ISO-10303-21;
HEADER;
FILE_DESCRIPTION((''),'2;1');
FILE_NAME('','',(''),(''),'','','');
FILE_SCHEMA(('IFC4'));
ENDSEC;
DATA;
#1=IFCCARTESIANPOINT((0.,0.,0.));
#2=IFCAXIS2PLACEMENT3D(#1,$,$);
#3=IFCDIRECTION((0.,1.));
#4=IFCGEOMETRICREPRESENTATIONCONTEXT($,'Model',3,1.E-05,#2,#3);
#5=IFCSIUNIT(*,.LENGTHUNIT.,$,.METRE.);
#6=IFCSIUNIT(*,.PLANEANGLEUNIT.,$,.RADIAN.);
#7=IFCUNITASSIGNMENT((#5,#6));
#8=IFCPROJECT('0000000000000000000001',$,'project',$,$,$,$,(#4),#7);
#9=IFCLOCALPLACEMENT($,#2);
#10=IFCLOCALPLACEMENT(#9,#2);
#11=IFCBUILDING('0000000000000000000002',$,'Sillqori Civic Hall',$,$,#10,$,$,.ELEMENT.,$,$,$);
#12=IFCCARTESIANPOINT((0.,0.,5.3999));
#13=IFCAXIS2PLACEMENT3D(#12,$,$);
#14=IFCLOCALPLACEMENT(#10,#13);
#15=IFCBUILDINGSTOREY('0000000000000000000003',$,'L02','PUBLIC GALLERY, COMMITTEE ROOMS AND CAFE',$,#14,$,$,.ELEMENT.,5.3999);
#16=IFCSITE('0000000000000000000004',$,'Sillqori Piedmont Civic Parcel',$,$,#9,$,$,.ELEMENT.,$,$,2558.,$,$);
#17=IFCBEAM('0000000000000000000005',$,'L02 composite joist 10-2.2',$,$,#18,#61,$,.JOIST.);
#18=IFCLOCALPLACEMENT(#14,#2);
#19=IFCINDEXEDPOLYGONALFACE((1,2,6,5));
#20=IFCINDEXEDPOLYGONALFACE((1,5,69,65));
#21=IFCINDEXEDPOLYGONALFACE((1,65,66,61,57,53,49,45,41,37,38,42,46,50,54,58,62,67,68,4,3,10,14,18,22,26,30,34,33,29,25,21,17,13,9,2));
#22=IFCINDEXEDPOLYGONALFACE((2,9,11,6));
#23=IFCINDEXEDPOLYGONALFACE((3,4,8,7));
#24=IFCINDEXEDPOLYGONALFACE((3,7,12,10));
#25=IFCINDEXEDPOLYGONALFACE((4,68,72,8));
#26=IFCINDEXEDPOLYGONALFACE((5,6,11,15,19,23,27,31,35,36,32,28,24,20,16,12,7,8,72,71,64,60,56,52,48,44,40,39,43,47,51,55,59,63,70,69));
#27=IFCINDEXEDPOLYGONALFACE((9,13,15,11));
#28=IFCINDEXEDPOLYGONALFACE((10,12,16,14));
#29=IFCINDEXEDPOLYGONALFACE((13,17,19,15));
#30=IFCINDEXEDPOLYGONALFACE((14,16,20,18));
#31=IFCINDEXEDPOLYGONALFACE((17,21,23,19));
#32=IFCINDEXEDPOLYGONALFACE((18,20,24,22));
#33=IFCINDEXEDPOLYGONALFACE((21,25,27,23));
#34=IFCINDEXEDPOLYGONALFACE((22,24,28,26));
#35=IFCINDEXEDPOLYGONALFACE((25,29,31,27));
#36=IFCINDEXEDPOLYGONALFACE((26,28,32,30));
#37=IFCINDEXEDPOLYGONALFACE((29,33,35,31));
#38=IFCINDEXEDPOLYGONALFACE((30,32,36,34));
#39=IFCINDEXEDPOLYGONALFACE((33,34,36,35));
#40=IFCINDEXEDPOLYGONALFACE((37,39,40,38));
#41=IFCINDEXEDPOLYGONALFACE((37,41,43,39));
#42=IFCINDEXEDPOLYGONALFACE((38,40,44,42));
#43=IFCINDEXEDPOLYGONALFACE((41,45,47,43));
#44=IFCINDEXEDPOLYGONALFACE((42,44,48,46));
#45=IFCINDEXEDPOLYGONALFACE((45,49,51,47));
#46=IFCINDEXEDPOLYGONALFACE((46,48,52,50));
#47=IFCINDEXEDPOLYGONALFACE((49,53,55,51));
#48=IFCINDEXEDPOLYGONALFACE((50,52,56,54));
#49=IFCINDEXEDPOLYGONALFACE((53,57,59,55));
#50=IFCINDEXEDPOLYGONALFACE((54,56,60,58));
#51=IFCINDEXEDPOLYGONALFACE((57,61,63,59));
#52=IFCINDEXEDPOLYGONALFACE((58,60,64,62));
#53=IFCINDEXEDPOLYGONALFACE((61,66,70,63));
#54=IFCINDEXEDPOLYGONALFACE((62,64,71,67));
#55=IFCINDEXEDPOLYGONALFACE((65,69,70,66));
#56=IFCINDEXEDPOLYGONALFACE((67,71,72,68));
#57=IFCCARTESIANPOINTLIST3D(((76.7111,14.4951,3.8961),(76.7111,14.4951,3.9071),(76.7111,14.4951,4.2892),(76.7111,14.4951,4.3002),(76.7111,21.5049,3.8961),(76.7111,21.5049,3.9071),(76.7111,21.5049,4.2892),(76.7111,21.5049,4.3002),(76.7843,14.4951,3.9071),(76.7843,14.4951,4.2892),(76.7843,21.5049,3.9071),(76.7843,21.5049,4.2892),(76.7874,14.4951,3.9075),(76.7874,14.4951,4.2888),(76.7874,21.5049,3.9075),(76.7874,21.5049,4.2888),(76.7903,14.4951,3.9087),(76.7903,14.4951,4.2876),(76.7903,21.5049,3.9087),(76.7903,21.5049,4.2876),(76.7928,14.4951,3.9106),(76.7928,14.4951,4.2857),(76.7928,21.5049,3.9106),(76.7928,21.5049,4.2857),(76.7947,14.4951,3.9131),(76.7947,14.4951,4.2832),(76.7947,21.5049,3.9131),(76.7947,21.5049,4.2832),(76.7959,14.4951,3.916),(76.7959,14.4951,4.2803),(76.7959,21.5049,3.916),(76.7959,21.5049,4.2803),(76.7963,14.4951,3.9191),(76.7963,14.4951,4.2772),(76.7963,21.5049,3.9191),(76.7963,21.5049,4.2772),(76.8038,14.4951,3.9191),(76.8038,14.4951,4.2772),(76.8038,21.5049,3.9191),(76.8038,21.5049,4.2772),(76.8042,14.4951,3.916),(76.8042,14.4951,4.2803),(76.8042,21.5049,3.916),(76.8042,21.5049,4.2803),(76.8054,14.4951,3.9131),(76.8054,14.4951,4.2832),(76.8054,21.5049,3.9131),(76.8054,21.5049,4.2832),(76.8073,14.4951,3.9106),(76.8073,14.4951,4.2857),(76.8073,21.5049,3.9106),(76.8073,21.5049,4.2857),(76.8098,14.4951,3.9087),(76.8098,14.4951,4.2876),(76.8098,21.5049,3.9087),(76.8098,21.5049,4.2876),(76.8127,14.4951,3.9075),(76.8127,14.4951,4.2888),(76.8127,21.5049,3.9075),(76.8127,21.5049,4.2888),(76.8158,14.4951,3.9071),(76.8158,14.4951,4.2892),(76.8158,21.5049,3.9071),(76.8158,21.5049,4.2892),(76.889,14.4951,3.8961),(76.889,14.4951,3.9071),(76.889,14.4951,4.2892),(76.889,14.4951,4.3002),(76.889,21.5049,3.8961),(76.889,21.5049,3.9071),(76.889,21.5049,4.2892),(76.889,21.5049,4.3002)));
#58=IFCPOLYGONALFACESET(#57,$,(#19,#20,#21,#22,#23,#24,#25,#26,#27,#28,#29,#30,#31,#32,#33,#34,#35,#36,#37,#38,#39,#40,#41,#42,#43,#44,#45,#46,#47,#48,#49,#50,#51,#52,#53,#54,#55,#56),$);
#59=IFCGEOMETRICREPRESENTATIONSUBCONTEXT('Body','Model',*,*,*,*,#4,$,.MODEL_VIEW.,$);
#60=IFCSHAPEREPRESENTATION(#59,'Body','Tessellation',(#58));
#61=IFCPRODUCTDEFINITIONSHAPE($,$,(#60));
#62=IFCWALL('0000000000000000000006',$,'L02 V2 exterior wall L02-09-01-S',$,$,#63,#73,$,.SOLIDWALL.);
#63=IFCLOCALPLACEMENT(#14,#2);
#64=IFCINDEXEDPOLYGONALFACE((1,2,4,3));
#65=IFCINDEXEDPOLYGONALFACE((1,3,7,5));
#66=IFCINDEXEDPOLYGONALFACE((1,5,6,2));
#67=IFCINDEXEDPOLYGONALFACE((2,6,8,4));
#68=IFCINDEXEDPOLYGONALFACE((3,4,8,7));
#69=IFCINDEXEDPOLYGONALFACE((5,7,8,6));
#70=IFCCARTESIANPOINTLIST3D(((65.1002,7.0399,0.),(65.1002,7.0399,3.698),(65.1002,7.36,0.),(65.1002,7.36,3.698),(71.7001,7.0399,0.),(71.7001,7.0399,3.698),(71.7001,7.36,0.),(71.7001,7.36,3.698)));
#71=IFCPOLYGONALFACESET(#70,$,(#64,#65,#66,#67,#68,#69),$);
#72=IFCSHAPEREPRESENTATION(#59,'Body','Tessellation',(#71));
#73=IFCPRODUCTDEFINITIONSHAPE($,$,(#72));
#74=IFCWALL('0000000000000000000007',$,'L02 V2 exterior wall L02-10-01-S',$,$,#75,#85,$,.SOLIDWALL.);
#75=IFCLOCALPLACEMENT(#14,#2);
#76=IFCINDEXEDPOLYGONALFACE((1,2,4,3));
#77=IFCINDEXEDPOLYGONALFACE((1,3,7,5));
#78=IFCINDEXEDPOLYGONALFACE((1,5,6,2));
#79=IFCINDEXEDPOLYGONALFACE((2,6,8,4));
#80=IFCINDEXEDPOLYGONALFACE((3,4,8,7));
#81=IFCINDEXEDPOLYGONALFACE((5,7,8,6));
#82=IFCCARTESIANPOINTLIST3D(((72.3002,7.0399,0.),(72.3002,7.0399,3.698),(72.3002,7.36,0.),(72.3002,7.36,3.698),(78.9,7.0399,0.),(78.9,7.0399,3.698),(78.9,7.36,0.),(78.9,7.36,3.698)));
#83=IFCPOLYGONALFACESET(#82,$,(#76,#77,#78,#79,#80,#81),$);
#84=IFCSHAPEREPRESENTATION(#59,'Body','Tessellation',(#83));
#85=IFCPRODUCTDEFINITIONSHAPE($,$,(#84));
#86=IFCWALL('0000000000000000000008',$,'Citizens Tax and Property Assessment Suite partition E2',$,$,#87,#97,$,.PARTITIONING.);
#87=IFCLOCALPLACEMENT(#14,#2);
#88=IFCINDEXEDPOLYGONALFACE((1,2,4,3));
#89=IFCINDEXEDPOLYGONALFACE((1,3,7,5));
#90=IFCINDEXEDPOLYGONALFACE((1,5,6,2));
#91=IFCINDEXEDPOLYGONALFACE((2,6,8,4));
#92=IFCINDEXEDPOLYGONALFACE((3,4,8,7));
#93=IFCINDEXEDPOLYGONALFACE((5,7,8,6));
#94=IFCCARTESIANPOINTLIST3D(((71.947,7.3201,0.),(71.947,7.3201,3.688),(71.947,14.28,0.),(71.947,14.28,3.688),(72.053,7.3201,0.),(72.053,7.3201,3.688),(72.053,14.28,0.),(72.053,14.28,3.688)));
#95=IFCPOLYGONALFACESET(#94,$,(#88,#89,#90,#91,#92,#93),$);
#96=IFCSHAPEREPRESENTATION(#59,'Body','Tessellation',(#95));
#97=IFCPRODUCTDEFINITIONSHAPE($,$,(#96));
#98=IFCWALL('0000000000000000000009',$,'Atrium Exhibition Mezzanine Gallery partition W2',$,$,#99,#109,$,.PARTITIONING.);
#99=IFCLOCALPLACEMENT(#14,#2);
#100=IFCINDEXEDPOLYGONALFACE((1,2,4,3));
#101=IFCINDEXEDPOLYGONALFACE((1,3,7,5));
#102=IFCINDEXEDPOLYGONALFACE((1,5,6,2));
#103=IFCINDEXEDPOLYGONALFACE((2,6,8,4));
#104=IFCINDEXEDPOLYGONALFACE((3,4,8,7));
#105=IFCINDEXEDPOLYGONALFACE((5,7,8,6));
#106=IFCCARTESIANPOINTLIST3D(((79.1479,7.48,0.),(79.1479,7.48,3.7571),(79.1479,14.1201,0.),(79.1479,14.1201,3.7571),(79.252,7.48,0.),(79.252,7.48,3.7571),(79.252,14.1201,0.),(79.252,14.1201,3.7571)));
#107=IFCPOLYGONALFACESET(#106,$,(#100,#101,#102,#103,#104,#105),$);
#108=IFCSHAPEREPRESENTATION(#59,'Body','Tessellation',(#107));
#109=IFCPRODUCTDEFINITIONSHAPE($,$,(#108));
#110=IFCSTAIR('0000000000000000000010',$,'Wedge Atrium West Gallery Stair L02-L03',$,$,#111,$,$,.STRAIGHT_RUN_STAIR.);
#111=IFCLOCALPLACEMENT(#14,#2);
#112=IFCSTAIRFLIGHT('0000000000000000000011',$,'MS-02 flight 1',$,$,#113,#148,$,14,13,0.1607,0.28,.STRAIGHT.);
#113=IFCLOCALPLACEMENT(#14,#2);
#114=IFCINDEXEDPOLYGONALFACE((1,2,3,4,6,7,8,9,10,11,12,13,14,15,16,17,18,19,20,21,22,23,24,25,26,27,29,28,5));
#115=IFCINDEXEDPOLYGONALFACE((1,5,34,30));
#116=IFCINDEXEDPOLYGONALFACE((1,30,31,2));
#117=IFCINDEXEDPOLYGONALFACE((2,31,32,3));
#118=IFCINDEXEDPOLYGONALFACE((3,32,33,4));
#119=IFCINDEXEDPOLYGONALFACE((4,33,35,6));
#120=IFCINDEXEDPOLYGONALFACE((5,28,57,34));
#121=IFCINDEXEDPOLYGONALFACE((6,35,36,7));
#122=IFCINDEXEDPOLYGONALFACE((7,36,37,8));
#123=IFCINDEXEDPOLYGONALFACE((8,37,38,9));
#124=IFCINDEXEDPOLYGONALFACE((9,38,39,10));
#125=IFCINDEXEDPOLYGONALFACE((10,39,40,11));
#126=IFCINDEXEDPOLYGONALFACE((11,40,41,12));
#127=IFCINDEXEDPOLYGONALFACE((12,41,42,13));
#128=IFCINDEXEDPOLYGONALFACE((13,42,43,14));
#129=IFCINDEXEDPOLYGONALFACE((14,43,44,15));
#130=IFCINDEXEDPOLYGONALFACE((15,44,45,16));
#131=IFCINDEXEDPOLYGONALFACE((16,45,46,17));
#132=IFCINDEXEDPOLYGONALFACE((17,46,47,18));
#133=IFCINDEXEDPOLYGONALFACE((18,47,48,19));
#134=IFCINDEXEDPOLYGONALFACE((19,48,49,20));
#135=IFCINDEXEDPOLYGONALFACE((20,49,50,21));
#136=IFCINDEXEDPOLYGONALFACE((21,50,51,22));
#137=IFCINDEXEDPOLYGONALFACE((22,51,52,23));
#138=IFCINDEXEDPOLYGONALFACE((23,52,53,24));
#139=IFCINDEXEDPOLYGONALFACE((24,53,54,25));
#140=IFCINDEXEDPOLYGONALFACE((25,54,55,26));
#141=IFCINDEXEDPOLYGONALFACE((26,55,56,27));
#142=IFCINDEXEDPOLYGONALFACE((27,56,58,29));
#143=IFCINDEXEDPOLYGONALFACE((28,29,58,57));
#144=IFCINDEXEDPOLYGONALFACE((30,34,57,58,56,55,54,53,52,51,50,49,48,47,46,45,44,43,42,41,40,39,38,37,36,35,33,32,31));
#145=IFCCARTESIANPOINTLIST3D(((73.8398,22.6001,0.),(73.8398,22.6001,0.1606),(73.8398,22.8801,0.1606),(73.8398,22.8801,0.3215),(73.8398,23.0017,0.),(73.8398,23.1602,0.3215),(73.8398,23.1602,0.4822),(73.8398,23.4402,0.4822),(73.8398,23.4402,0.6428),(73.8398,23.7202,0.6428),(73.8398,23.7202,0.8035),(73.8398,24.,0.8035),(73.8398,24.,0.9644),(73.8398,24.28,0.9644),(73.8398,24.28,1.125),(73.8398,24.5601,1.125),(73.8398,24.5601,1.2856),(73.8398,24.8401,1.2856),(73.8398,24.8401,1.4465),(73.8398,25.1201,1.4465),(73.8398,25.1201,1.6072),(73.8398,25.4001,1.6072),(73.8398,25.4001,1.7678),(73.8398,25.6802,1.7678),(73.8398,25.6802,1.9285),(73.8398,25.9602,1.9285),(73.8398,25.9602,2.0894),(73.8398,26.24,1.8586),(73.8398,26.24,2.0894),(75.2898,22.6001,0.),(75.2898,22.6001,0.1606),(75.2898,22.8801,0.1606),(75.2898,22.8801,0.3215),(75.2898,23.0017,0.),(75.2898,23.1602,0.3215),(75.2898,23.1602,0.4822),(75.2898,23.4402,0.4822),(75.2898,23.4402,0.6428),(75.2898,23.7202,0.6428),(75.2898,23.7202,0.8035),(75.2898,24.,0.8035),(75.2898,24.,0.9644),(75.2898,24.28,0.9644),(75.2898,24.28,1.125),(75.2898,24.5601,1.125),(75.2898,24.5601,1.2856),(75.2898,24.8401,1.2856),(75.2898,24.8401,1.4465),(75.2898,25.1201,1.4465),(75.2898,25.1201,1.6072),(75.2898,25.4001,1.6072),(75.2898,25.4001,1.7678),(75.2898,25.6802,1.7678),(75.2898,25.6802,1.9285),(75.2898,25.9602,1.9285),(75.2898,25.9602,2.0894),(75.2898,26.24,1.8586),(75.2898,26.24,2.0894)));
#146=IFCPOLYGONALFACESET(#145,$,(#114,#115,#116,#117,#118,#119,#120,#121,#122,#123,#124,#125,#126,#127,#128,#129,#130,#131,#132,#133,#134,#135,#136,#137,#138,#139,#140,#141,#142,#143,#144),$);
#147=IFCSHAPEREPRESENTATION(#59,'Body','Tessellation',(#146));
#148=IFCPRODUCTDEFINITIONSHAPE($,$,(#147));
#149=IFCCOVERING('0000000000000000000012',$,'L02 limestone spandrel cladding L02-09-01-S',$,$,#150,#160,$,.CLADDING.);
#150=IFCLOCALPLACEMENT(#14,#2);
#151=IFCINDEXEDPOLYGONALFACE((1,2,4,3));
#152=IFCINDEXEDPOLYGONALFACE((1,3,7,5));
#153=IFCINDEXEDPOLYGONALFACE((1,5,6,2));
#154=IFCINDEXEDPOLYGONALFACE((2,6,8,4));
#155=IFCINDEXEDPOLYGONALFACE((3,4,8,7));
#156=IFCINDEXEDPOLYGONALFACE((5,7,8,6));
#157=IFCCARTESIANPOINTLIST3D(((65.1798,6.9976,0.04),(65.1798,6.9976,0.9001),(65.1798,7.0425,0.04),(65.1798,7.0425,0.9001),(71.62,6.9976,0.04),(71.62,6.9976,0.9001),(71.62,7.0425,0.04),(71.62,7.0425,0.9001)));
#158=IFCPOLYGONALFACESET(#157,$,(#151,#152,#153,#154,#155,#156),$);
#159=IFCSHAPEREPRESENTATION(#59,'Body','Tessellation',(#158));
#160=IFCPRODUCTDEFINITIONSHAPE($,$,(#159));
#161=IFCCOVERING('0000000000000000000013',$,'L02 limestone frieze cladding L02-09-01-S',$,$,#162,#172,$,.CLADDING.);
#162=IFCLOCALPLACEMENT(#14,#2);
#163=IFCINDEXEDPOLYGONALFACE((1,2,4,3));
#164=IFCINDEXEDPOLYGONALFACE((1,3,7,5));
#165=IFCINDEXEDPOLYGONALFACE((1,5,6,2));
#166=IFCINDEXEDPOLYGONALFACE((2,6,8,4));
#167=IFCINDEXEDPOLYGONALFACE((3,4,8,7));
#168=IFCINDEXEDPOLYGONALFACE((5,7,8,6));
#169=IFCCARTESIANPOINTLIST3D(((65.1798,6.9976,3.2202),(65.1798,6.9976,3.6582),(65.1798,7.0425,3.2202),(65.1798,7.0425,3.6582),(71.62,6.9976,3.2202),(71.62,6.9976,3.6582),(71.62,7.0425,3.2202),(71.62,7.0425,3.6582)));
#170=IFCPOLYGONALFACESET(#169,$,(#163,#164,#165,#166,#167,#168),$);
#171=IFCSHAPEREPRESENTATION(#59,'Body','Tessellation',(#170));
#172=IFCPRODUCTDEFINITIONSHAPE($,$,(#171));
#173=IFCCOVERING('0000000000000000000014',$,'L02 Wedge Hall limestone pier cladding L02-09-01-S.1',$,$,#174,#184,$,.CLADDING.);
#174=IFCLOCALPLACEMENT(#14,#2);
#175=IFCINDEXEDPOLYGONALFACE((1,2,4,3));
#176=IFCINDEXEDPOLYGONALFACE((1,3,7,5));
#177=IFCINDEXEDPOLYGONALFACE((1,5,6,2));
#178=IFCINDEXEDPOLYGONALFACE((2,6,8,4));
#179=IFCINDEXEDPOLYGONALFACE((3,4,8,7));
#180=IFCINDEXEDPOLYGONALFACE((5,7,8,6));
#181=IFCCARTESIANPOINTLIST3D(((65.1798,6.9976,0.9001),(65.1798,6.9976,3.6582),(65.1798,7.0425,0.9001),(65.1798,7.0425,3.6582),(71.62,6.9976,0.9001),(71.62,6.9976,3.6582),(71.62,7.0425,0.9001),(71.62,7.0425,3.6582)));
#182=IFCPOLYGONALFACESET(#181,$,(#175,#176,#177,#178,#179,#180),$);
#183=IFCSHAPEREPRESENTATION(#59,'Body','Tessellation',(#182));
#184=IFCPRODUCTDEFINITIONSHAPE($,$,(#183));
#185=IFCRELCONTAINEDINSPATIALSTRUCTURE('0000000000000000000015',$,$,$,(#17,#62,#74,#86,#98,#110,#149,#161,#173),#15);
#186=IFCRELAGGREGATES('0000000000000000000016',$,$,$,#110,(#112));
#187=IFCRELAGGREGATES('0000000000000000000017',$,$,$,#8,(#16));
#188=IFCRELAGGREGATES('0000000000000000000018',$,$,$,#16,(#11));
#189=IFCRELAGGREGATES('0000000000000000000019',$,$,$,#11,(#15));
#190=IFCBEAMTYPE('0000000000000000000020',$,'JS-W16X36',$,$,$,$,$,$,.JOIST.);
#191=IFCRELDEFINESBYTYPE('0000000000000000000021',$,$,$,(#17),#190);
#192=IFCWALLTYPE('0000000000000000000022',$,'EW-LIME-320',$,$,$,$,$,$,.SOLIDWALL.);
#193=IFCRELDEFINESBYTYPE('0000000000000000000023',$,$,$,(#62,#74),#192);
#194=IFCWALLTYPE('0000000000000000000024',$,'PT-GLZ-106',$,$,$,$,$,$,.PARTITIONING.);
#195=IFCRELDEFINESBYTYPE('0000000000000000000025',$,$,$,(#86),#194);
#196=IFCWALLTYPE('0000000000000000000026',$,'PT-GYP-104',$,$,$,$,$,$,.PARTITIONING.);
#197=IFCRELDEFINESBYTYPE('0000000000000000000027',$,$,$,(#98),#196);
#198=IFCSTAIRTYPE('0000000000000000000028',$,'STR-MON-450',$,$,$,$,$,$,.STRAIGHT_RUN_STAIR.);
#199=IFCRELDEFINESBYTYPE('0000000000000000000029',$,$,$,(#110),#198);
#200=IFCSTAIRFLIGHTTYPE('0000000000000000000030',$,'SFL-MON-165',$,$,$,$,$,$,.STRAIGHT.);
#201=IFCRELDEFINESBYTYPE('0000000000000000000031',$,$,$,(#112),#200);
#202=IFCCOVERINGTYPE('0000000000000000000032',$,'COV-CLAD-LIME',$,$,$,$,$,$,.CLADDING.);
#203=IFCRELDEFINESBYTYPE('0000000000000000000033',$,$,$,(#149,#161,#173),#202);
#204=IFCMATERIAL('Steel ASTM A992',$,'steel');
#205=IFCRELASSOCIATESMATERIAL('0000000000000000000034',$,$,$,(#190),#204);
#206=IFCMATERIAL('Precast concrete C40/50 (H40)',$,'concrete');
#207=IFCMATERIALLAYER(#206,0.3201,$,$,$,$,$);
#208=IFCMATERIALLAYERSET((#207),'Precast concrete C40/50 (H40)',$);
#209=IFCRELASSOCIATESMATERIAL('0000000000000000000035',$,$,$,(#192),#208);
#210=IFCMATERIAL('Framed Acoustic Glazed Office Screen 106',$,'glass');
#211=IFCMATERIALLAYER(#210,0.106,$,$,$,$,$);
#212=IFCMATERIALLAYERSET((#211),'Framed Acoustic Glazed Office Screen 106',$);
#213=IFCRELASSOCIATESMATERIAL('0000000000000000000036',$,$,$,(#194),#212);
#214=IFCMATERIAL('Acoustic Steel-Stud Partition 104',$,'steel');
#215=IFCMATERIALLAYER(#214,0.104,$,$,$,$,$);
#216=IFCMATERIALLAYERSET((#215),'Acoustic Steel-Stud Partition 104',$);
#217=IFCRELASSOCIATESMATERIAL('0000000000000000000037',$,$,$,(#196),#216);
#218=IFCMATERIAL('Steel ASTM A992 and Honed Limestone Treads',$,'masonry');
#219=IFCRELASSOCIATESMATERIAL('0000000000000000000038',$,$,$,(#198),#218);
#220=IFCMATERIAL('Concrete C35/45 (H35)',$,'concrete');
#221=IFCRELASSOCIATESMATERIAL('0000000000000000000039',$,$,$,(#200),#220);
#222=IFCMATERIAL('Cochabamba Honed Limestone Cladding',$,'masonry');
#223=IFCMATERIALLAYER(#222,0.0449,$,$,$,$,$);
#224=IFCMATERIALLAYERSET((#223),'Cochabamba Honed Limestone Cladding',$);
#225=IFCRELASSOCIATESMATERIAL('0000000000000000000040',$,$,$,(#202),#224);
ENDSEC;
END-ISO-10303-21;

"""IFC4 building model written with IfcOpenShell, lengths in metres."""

from ifc_helpers import new_model, si_unit, direction, frame, frame_2d, origin, origin_2d, place, context, subcontext, project, spatial, polyline, rectangle, i_section, outline, extrude, material, layer, layer_set, material_profile, profile_set, type_object, element, aggregate, save


model = new_model("IFC4")

# Units and contexts
model_context = context("Model", 3, precision=1e-05, world=origin(), true_north=direction((0.0, 1.0)))
body_context = subcontext(model_context, "Body", "Model", "MODEL_VIEW")
ifc_project = project(units=[si_unit("LENGTHUNIT", "METRE"), si_unit("PLANEANGLEUNIT", "RADIAN")], contexts=[model_context])

# Site, building, storey
site_placement = place(None, origin())
site = spatial("IfcSite", under=ifc_project, at=site_placement, Name="Sillqori Piedmont Civic Parcel", CompositionType="ELEMENT", RefElevation=2558.0)
building_placement = place(site_placement, origin())
building = spatial("IfcBuilding", under=site, at=building_placement, Name="Sillqori Civic Hall", CompositionType="ELEMENT")
storey_placement = place(building_placement, frame((0.0, 0.0, 5.3999)))
storey = spatial("IfcBuildingStorey", under=building, at=storey_placement, Name="L02", Description="PUBLIC GALLERY, COMMITTEE ROOMS AND CAFE", CompositionType="ELEMENT", Elevation=5.3999)

# Shared definitions
ifc_material_1 = material(Name="Concrete C35/45 (H35)", Category="concrete")
ifc_material_2 = material(Name="Steel ASTM A992", Category="steel")

# Beam
ifc_material_profile_1 = material_profile(ifc_material_2, i_section(OverallWidth=0.178, OverallDepth=0.4041, WebThickness=0.0076, FlangeThickness=0.011, FilletRadius=0.012, at=origin_2d()), Name="W16X36")
ifc_profile_set_1 = profile_set([ifc_material_profile_1], Name="Steel ASTM A992")
beam_type_1 = type_object("IfcBeamType", Name="JS-W16X36", PredefinedType="JOIST", material=ifc_profile_set_1)
for number, where, z_axis, x_axis, name in (
    (1, (76.8, 14.4951, 4.0981), (0.0, 1.0, 0.0), (-1.0, 0.0, 0.0), "L02 composite joist 10-2.2"),
):
    element("IfcBeam", number, at=place(storey_placement, frame(where, z_axis=z_axis, x_axis=x_axis)), inside=storey, type_object=beam_type_1, Name=name, PredefinedType="JOIST", context=body_context, shape_type="SweptSolid", body=[
        extrude(i_section(OverallWidth=0.178, OverallDepth=0.4041, WebThickness=0.0076, FlangeThickness=0.011, FilletRadius=0.012, at=origin_2d()), origin(), (0.0, 0.0, 1.0), 7.0098),
    ])

# Walls
ifc_material_3 = material(Name="Precast concrete C40/50 (H40)", Category="concrete")
ifc_layer_1 = layer(ifc_material_3, 0.3201)
ifc_layer_set_1 = layer_set([ifc_layer_1], Name="Precast concrete C40/50 (H40)")
wall_type_1 = type_object("IfcWallType", Name="EW-LIME-320", PredefinedType="SOLIDWALL", material=ifc_layer_set_1)
for number, where, z_axis, x_axis, name in (
    (2, (71.7, 7.2, 0.0), (0.0, 0.0, 1.0), (-1.0, 0.0, 0.0), "L02 V2 exterior wall L02-09-01-S"),
    (3, (78.8999, 7.2, 0.0), (0.0, 0.0, 1.0), (-1.0, 0.0, 0.0), "L02 V2 exterior wall L02-10-01-S"),
):
    element("IfcWall", number, at=place(storey_placement, frame(where, z_axis=z_axis, x_axis=x_axis)), inside=storey, type_object=wall_type_1, Name=name, PredefinedType="SOLIDWALL", context=body_context, shape_type="SweptSolid", body=[
        extrude(rectangle(XDim=6.5999, YDim=0.3201, at=frame_2d((3.2998, 0.0))), origin(), (0.0, 0.0, 1.0), 3.698),
    ])
ifc_material_4 = material(Name="Framed Acoustic Glazed Office Screen 106", Category="glass")
ifc_layer_2 = layer(ifc_material_4, 0.106)
ifc_layer_set_2 = layer_set([ifc_layer_2], Name="Framed Acoustic Glazed Office Screen 106")
wall_type_2 = type_object("IfcWallType", Name="PT-GLZ-106", PredefinedType="PARTITIONING", material=ifc_layer_set_2)
wall_1_placement = place(storey_placement, frame((72.0, 14.28, 0.0), z_axis=(0.0, 0.0, 1.0), x_axis=(0.0, -1.0, 0.0)))
element("IfcWall", 4, at=wall_1_placement, inside=storey, type_object=wall_type_2, Name="Citizens Tax and Property Assessment Suite partition E2", PredefinedType="PARTITIONING", context=body_context, shape_type="SweptSolid", body=[
    extrude(rectangle(XDim=6.96, YDim=0.106, at=frame_2d((3.48, 0.0))), origin(), (0.0, 0.0, 1.0), 3.688),
])
ifc_material_5 = material(Name="Acoustic Steel-Stud Partition 104", Category="steel")
ifc_layer_3 = layer(ifc_material_5, 0.104)
ifc_layer_set_3 = layer_set([ifc_layer_3], Name="Acoustic Steel-Stud Partition 104")
wall_type_3 = type_object("IfcWallType", Name="PT-GYP-104", PredefinedType="PARTITIONING", material=ifc_layer_set_3)
wall_2_placement = place(storey_placement, frame((79.2, 7.48, 0.0), z_axis=(0.0, 0.0, 1.0), x_axis=(0.0, 1.0, 0.0)))
element("IfcWall", 5, at=wall_2_placement, inside=storey, type_object=wall_type_3, Name="Atrium Exhibition Mezzanine Gallery partition W2", PredefinedType="PARTITIONING", context=body_context, shape_type="SweptSolid", body=[
    extrude(rectangle(XDim=6.6401, YDim=0.104, at=frame_2d((3.3201, 0.0))), origin(), (0.0, 0.0, 1.0), 3.7571),
])

# Stair, stair flight
ifc_material_6 = material(Name="Steel ASTM A992 and Honed Limestone Treads", Category="masonry")
stair_type = type_object("IfcStairType", Name="STR-MON-450", PredefinedType="STRAIGHT_RUN_STAIR", material=ifc_material_6)
stair_placement = place(storey_placement, origin())
stair = element("IfcStair", 6, at=stair_placement, inside=storey, type_object=stair_type, Name="Wedge Atrium West Gallery Stair L02-L03", PredefinedType="STRAIGHT_RUN_STAIR")
stair_flight_type = type_object("IfcStairFlightType", Name="SFL-MON-165", PredefinedType="STRAIGHT", material=ifc_material_1)
stair_flight_placement = place(storey_placement, frame((74.5649, 22.6001, 0.0), z_axis=(0.0, 0.0, 1.0), x_axis=(0.0, 1.0, 0.0)))
stair_flight = element("IfcStairFlight", 7, at=stair_flight_placement, type_object=stair_flight_type, Name="MS-02 flight 1", NumberOfRisers=14, NumberOfTreads=13, PredefinedType="STRAIGHT", RiserHeight=0.1607, TreadLength=0.28, context=body_context, shape_type="SweptSolid", body=[
    extrude(outline(polyline([(0.0, 0.0), (0.0, 0.1606), (0.28, 0.1606), (0.28, 0.3215), (0.5601, 0.3215), (0.5601, 0.4822), (0.8401, 0.4822), (0.8401, 0.6428), (1.1201, 0.6428), (1.1201, 0.8035), (1.3999, 0.8035), (1.3999, 0.9644), (1.6799, 0.9644), (1.6799, 1.125), (1.96, 1.125), (1.96, 1.2856), (2.24, 1.2856), (2.24, 1.4465), (2.52, 1.4465), (2.52, 1.6072), (2.8, 1.6072), (2.8, 1.7678), (3.0801, 1.7678), (3.0801, 1.9285), (3.3601, 1.9285), (3.3601, 2.0894), (3.6399, 2.0894), (3.6399, 2.25), (3.6399, 1.8586), (0.4016, 0.0), (0.0, 0.0)])), frame((0.0, 0.7251, 0.0), z_axis=(0.0, -1.0, 0.0), x_axis=(1.0, 0.0, 0.0)), (0.0, 0.0, 1.0), 1.45),
])
aggregate(stair, [stair_flight])

# Coverings
ifc_material_7 = material(Name="Cochabamba Honed Limestone Cladding", Category="masonry")
ifc_layer_4 = layer(ifc_material_7, 0.0449)
ifc_layer_set_4 = layer_set([ifc_layer_4], Name="Cochabamba Honed Limestone Cladding")
covering_type = type_object("IfcCoveringType", Name="COV-CLAD-LIME", PredefinedType="CLADDING", material=ifc_layer_set_4)
covering_1_placement = place(storey_placement, frame((71.6201, 7.02, 0.04), z_axis=(0.0, 0.0, 1.0), x_axis=(-1.0, 0.0, 0.0)))
element("IfcCovering", 8, at=covering_1_placement, inside=storey, type_object=covering_type, Name="L02 limestone spandrel cladding L02-09-01-S", PredefinedType="CLADDING", context=body_context, shape_type="SweptSolid", body=[
    extrude(rectangle(XDim=6.4402, YDim=0.0449, at=frame_2d((3.2202, 0.0))), origin(), (0.0, 0.0, 1.0), 0.8601),
])
covering_2_placement = place(storey_placement, frame((71.6201, 7.02, 3.2202), z_axis=(0.0, 0.0, 1.0), x_axis=(-1.0, 0.0, 0.0)))
element("IfcCovering", 9, at=covering_2_placement, inside=storey, type_object=covering_type, Name="L02 limestone frieze cladding L02-09-01-S", PredefinedType="CLADDING", context=body_context, shape_type="SweptSolid", body=[
    extrude(rectangle(XDim=6.4402, YDim=0.0449, at=frame_2d((3.2202, 0.0))), origin(), (0.0, 0.0, 1.0), 0.438),
])
covering_3_placement = place(storey_placement, frame((71.6201, 7.02, 0.9001), z_axis=(0.0, 0.0, 1.0), x_axis=(-1.0, 0.0, 0.0)))
element("IfcCovering", 10, at=covering_3_placement, inside=storey, type_object=covering_type, Name="L02 Wedge Hall limestone pier cladding L02-09-01-S.1", PredefinedType="CLADDING", context=body_context, shape_type="SweptSolid", body=[
    extrude(rectangle(XDim=6.4402, YDim=0.0449, at=frame_2d((3.2202, 0.0))), origin(), (0.0, 0.0, 1.0), 2.7581),
])

save(model, "model.ifc")
